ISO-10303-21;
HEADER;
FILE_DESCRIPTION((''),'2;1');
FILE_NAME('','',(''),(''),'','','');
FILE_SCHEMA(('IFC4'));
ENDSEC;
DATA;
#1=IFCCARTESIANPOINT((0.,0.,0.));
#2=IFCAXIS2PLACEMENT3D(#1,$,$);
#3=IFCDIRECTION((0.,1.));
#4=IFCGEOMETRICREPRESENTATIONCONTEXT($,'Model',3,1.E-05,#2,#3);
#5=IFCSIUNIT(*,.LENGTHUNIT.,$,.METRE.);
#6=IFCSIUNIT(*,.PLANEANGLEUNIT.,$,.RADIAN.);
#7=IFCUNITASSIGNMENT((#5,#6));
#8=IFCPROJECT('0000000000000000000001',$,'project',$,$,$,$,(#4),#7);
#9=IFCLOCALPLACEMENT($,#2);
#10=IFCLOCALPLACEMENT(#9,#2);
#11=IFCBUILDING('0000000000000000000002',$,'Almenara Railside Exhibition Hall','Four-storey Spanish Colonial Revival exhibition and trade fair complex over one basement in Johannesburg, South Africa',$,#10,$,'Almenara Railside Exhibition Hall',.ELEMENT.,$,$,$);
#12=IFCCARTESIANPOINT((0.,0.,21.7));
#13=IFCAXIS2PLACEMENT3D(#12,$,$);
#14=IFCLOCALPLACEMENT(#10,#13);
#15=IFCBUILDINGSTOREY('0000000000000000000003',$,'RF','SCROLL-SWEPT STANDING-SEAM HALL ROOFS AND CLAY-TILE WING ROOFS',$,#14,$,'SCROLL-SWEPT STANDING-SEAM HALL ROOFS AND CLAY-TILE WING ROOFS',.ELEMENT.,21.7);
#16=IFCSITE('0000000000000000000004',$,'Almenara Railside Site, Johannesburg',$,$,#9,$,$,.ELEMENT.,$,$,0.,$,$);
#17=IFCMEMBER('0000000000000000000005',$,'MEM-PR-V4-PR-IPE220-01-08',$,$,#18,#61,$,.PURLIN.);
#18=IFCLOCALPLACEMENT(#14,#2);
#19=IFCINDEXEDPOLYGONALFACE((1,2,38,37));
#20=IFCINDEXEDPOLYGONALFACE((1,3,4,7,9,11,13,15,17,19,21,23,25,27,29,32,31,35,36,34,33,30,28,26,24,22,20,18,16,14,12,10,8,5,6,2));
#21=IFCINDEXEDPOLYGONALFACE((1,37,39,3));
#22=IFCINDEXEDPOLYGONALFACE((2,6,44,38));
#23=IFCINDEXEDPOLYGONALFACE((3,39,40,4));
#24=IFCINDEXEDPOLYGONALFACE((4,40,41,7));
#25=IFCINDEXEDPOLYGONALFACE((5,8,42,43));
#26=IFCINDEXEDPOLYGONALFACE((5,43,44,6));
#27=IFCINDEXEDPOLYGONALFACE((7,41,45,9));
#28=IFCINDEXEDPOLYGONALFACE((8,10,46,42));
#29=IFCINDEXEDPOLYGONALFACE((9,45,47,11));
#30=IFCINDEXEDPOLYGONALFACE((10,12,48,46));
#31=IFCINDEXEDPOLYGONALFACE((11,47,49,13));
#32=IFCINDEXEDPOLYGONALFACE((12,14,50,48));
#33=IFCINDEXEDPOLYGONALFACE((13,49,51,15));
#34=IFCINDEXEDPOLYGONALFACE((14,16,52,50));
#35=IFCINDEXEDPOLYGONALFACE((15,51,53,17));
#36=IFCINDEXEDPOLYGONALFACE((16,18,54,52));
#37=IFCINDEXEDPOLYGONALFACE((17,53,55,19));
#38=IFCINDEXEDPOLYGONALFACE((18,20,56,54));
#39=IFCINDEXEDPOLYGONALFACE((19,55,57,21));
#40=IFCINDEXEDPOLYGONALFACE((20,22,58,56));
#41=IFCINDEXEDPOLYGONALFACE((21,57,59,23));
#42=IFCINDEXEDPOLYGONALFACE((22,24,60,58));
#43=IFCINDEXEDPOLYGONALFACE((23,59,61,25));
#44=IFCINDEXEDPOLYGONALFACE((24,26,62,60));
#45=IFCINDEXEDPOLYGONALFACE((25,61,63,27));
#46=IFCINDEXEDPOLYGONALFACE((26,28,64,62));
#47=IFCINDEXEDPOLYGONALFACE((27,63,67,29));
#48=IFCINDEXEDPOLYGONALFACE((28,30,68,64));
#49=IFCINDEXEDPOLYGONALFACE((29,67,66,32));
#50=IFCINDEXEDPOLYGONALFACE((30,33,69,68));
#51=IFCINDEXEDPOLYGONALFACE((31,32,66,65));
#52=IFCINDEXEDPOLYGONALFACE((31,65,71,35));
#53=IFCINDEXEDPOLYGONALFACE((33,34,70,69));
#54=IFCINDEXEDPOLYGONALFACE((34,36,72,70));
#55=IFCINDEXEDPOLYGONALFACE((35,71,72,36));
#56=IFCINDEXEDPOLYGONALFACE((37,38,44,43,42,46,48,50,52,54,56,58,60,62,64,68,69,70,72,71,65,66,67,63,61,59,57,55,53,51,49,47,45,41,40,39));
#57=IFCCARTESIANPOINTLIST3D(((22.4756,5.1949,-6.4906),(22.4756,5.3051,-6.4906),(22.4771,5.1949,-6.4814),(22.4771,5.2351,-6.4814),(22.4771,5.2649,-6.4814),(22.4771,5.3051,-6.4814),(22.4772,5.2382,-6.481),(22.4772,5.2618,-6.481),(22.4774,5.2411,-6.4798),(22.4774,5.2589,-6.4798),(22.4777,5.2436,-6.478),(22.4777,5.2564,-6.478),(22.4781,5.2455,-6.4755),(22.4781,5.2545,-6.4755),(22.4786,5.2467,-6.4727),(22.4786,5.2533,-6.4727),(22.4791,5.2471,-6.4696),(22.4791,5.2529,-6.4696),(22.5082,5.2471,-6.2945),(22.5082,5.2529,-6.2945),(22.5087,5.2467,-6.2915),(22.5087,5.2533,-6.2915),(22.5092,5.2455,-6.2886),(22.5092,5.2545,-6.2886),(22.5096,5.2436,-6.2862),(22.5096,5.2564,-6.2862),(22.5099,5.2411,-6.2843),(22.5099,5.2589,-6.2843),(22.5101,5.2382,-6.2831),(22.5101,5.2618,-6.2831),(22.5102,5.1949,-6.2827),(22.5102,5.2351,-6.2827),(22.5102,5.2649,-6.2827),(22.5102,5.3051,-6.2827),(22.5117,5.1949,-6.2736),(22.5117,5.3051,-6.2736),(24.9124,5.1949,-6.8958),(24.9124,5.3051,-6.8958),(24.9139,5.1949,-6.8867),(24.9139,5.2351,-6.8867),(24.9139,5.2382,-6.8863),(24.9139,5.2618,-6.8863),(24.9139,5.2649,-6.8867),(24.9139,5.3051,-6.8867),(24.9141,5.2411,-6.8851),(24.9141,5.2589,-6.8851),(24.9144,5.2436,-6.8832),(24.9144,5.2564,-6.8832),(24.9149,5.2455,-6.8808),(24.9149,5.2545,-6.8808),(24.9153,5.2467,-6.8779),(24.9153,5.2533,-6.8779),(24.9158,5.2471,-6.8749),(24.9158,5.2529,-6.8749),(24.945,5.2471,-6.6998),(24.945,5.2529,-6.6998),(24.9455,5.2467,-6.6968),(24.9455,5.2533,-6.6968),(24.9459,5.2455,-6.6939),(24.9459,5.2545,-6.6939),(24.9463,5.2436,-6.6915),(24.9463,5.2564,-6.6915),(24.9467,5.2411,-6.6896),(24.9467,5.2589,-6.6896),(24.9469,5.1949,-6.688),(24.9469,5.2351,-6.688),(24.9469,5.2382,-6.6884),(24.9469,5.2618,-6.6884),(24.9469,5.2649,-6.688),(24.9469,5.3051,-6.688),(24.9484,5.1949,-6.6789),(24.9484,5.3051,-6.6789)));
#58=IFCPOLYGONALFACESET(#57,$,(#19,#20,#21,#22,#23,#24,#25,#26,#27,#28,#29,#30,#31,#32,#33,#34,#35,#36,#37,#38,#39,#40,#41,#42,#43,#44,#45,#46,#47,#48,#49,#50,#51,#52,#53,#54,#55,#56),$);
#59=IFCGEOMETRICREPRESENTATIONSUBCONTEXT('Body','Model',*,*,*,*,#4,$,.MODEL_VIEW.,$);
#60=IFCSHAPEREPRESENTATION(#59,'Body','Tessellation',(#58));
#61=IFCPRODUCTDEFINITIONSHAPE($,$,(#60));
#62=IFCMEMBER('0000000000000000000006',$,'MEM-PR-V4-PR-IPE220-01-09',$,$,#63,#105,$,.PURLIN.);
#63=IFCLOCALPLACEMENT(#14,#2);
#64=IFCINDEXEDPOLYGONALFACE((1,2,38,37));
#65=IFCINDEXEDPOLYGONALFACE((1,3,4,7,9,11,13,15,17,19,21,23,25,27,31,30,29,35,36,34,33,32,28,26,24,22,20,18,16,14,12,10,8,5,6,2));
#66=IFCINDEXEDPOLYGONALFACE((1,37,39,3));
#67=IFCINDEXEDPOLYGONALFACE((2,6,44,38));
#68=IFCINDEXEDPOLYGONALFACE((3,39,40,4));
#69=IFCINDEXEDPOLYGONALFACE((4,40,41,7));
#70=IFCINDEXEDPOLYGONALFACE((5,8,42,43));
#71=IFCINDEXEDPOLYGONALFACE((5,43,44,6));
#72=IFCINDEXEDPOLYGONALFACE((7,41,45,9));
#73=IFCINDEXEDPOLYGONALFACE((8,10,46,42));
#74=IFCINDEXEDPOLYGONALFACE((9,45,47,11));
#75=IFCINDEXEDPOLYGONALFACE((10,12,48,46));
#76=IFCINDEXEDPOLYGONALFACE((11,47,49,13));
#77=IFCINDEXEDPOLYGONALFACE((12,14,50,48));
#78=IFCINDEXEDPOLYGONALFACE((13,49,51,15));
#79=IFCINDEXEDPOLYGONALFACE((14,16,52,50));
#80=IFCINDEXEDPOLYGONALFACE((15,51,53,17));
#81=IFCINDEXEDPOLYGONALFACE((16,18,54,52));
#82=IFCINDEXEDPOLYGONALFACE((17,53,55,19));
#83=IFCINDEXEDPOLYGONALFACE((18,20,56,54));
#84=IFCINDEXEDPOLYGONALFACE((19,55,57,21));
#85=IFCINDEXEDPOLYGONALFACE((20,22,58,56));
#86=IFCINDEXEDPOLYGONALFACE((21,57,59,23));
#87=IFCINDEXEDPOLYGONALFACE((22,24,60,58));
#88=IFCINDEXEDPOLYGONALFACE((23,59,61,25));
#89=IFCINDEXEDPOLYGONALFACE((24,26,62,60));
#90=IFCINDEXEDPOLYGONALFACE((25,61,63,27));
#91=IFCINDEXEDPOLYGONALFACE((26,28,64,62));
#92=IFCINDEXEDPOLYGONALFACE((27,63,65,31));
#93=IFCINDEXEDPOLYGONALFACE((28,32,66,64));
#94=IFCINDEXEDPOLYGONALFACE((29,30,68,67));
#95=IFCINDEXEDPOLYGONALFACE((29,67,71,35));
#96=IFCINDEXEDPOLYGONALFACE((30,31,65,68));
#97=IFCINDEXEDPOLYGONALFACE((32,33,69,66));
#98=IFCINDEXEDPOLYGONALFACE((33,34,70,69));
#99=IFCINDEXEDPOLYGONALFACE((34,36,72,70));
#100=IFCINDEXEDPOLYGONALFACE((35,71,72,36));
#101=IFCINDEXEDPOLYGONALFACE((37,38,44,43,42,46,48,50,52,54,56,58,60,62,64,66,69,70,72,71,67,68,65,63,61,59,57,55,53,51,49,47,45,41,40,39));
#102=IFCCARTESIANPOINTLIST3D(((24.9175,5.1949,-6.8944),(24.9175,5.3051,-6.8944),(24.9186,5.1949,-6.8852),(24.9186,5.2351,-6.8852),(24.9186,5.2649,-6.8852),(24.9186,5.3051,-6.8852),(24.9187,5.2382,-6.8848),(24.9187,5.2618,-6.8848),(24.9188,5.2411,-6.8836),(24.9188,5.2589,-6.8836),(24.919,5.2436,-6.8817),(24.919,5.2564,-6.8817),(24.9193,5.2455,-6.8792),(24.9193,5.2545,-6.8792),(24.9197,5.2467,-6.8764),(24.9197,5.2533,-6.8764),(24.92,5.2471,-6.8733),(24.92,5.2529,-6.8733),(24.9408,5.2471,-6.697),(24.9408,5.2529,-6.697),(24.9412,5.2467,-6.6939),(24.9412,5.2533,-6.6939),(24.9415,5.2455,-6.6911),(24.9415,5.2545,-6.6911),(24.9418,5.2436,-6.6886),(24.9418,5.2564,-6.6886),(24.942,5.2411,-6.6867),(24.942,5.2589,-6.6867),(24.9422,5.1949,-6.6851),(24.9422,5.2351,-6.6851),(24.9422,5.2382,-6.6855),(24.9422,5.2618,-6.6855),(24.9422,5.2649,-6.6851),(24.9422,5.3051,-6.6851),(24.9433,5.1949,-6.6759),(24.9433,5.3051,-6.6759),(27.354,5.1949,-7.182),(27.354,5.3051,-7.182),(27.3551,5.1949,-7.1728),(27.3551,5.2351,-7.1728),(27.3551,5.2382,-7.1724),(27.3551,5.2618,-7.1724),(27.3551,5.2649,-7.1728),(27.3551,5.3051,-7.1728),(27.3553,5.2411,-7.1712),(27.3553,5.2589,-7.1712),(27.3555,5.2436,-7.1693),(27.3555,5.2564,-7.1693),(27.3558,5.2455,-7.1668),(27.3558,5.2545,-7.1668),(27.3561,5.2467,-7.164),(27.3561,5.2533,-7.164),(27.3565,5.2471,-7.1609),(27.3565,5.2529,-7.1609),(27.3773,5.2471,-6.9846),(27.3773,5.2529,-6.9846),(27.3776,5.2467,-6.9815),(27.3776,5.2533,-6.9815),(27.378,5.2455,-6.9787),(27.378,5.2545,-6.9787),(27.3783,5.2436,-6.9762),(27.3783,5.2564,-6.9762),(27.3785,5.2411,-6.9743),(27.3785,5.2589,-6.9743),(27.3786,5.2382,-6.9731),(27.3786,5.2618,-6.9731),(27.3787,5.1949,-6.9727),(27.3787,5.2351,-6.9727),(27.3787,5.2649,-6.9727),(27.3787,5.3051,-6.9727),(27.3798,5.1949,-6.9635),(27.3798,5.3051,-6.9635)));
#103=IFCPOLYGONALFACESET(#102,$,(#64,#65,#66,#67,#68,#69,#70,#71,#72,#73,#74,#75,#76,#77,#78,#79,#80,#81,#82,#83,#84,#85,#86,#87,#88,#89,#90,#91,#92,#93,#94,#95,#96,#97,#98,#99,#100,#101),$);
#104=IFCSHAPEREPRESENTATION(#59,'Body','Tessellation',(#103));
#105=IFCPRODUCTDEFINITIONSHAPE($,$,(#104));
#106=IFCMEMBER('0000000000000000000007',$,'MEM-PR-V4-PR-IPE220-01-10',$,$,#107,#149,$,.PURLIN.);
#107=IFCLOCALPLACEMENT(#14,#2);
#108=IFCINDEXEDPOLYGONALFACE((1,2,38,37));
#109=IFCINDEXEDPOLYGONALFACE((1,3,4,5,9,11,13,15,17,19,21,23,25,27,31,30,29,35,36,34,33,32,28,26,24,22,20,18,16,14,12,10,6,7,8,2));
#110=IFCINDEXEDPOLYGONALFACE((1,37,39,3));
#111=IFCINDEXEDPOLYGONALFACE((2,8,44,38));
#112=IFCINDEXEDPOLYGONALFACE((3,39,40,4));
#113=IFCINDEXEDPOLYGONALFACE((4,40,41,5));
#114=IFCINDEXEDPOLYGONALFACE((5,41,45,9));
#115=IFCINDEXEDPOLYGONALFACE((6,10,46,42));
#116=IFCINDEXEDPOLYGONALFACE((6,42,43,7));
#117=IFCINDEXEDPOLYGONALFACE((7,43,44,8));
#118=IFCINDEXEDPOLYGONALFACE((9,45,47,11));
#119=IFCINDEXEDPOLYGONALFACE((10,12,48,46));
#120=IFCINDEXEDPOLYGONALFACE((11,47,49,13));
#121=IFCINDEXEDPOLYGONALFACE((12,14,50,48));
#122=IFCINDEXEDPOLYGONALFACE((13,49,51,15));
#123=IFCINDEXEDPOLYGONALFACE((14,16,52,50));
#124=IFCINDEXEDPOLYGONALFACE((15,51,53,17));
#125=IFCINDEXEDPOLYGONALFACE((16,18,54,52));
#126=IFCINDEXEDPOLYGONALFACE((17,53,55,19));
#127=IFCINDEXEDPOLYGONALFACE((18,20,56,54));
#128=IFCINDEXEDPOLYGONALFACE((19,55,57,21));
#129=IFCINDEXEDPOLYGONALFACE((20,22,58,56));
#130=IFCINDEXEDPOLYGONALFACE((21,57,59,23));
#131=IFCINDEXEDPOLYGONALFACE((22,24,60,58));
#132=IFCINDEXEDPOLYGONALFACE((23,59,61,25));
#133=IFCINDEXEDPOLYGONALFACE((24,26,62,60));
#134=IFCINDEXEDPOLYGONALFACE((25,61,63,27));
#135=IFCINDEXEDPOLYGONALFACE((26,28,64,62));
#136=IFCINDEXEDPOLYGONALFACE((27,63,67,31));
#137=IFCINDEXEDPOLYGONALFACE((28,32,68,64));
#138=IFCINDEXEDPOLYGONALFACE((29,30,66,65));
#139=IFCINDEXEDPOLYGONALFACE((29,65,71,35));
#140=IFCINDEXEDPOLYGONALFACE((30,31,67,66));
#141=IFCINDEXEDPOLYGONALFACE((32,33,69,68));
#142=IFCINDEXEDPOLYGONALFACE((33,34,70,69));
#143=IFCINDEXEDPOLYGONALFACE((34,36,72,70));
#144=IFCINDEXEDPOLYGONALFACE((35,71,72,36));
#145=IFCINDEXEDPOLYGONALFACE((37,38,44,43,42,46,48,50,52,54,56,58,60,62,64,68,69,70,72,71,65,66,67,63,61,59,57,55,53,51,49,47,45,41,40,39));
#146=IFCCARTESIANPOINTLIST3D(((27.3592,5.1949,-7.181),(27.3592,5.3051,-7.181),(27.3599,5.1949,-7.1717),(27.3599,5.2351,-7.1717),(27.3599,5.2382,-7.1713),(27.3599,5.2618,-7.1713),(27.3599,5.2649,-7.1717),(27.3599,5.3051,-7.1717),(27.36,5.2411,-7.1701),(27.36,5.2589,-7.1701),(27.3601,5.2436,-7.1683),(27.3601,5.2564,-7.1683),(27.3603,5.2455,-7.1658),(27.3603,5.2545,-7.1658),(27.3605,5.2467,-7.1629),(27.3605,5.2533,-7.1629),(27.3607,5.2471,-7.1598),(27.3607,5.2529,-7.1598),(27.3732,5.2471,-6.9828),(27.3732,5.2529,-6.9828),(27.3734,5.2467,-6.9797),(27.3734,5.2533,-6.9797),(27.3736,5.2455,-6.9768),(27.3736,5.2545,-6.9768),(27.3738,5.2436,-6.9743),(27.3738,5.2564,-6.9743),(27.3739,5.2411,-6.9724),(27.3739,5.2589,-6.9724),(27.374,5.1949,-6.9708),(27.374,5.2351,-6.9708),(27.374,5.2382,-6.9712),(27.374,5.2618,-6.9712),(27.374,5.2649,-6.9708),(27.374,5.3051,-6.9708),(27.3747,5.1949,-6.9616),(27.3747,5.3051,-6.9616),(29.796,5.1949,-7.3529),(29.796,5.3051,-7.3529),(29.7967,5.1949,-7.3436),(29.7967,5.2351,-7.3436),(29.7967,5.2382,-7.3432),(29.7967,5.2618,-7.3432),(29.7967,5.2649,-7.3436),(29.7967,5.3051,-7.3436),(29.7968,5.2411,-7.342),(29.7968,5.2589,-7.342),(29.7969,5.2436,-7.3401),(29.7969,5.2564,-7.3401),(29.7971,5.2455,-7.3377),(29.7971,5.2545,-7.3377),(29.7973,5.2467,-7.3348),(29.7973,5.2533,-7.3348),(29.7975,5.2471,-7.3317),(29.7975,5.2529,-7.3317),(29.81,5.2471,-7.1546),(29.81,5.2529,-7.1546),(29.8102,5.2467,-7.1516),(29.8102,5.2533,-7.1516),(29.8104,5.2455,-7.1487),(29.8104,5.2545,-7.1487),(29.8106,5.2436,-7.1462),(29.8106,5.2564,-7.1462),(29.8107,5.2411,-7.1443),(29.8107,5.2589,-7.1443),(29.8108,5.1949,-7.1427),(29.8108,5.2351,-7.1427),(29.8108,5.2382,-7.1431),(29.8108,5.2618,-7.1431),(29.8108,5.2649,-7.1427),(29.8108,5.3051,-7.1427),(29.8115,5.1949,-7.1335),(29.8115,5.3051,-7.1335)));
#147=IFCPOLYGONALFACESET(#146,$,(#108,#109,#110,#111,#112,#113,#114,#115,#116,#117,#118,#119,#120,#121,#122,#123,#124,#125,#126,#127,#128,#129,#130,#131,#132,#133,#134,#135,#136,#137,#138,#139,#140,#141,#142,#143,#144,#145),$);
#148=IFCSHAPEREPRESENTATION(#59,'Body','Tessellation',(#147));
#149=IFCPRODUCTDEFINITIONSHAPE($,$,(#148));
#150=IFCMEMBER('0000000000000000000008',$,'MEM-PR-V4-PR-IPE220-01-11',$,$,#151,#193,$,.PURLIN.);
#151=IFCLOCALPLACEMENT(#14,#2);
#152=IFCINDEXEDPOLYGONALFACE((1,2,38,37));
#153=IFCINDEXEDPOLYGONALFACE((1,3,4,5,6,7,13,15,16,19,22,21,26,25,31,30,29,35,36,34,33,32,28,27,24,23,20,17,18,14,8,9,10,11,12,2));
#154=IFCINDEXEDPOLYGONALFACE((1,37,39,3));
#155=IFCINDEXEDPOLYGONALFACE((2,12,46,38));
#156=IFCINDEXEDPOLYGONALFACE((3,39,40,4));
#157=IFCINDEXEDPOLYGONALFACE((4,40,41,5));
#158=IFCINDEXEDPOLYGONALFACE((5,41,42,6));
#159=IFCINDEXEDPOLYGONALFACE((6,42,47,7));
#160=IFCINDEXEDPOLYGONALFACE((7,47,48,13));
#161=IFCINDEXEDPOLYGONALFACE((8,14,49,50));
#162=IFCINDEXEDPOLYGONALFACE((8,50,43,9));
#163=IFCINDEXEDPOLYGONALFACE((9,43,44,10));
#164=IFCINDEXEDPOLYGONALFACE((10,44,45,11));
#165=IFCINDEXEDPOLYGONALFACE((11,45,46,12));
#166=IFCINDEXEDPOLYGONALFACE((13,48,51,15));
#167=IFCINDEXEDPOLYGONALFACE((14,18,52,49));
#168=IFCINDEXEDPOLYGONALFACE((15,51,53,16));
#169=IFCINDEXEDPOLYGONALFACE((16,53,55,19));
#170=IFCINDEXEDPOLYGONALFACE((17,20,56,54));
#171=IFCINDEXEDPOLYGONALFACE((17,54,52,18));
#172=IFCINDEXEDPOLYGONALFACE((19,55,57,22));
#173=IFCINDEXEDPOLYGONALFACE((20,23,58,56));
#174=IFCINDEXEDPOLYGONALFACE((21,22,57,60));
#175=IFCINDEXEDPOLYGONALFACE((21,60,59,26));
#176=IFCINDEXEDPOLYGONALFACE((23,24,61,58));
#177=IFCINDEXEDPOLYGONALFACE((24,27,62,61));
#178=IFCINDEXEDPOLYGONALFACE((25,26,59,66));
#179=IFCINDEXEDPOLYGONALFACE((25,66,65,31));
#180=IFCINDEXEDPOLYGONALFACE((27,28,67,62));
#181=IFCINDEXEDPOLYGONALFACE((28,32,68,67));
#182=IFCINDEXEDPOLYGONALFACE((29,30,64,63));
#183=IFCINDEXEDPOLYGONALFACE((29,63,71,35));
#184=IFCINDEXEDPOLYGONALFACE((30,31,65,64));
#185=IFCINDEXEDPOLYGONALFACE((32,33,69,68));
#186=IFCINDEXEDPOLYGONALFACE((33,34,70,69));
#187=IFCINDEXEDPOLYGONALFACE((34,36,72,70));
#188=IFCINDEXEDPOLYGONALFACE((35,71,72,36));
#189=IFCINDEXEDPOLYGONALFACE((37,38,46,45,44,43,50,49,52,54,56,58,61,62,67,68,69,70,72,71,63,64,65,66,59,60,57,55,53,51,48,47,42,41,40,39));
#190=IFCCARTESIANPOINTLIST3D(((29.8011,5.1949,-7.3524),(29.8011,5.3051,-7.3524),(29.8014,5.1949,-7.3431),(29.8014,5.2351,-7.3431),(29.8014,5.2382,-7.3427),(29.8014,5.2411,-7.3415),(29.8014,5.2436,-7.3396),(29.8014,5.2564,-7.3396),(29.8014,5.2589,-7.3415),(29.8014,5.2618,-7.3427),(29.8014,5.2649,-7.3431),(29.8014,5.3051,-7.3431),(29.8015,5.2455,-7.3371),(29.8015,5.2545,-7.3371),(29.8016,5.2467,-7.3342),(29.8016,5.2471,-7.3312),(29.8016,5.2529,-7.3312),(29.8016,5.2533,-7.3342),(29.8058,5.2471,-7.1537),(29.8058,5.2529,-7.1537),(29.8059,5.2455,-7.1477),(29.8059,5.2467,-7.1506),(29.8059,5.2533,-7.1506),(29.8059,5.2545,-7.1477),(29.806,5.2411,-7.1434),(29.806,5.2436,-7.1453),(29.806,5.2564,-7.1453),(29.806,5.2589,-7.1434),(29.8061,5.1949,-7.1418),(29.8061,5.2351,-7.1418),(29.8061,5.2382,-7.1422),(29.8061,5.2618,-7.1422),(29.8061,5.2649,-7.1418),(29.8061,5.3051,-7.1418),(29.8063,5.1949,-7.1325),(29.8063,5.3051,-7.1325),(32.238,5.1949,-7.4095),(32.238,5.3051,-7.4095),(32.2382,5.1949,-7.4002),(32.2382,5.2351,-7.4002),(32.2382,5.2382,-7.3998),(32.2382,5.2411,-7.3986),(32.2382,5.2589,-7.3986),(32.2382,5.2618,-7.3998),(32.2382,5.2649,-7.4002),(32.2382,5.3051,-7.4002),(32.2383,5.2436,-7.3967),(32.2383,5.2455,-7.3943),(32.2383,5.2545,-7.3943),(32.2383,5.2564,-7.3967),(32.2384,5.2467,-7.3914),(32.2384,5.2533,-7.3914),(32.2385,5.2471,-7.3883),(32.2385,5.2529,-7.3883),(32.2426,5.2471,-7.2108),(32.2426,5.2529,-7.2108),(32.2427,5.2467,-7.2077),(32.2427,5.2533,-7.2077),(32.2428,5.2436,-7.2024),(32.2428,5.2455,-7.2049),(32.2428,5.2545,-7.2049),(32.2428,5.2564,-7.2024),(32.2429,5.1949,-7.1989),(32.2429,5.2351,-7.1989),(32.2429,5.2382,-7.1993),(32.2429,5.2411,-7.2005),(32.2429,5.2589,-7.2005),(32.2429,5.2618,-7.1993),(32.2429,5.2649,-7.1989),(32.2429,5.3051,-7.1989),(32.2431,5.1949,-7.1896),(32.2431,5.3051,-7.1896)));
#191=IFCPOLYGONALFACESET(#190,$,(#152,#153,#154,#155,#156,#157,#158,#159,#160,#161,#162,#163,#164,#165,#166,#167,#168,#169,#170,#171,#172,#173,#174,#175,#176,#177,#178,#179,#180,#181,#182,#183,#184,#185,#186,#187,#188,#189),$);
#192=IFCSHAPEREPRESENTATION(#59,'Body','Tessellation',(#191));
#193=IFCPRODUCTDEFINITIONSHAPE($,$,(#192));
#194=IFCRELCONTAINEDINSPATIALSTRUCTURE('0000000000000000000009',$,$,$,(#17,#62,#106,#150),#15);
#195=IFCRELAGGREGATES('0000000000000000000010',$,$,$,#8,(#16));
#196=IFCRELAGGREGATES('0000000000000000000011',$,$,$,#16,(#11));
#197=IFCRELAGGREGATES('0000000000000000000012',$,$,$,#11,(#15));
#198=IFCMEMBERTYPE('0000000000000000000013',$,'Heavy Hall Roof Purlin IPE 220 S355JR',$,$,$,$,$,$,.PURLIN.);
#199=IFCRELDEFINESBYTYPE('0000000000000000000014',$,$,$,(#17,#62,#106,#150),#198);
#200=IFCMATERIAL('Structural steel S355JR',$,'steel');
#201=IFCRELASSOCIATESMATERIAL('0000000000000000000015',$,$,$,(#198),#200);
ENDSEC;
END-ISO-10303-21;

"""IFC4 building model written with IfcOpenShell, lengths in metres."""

from ifc_helpers import new_model, si_unit, direction, frame, origin, origin_2d, place, context, subcontext, project, spatial, i_section, extrude, material, material_profile, profile_set, type_object, element, save


model = new_model("IFC4")

# Units and contexts
model_context = context("Model", 3, precision=1e-05, world=origin(), true_north=direction((0.0, 1.0)))
body_context = subcontext(model_context, "Body", "Model", "MODEL_VIEW")
ifc_project = project(units=[si_unit("LENGTHUNIT", "METRE"), si_unit("PLANEANGLEUNIT", "RADIAN")], contexts=[model_context])

# Site, building, storey
site_placement = place(None, origin())
site = spatial("IfcSite", under=ifc_project, at=site_placement, Name="Almenara Railside Site, Johannesburg", CompositionType="ELEMENT", RefElevation=0.0)
building_placement = place(site_placement, origin())
building = spatial("IfcBuilding", under=site, at=building_placement, Name="Almenara Railside Exhibition Hall", Description="Four-storey Spanish Colonial Revival exhibition and trade fair complex over one basement in Johannesburg, South Africa", LongName="Almenara Railside Exhibition Hall", CompositionType="ELEMENT")
storey_placement = place(building_placement, frame((0.0, 0.0, 21.7)))
storey = spatial("IfcBuildingStorey", under=building, at=storey_placement, Name="RF", Description="SCROLL-SWEPT STANDING-SEAM HALL ROOFS AND CLAY-TILE WING ROOFS", LongName="SCROLL-SWEPT STANDING-SEAM HALL ROOFS AND CLAY-TILE WING ROOFS", CompositionType="ELEMENT", Elevation=21.7)

# Members
ifc_material_1 = material(Name="Structural steel S355JR", Category="steel")
ifc_material_profile_1 = material_profile(ifc_material_1, i_section(OverallWidth=0.1101, OverallDepth=0.22, WebThickness=0.0059, FlangeThickness=0.0093, FilletRadius=0.012, at=origin_2d()), Name="IPE 220")
ifc_profile_set_1 = profile_set([ifc_material_profile_1], Name="Structural steel S355JR")
member_type_1 = type_object("IfcMemberType", Name="Heavy Hall Roof Purlin IPE 220 S355JR", PredefinedType="PURLIN", material=ifc_profile_set_1)
member_1_placement = place(storey_placement, frame((22.4937, 5.25, -6.3821), z_axis=(0.98645, 0.0, -0.164062), x_axis=(0.0, 1.0, 0.0)))
element("IfcMember", 1, at=member_1_placement, inside=storey, type_object=member_type_1, Name="MEM-PR-V4-PR-IPE220-01-08", PredefinedType="PURLIN", context=body_context, shape_type="SweptSolid", body=[
    extrude(i_section(OverallWidth=0.1101, OverallDepth=0.22, WebThickness=0.0059, FlangeThickness=0.0093, FilletRadius=0.012, at=origin_2d()), origin(), (0.0, 0.0, 1.0), 2.4702),
])
member_2_placement = place(storey_placement, frame((24.9304, 5.25, -6.7852), z_axis=(0.993106, 0.0, -0.117222), x_axis=(0.0, 1.0, 0.0)))
element("IfcMember", 2, at=member_2_placement, inside=storey, type_object=member_type_1, Name="MEM-PR-V4-PR-IPE220-01-09", PredefinedType="PURLIN", context=body_context, shape_type="SweptSolid", body=[
    extrude(i_section(OverallWidth=0.1101, OverallDepth=0.22, WebThickness=0.0059, FlangeThickness=0.0093, FilletRadius=0.012, at=origin_2d()), origin(), (0.0, 0.0, 1.0), 2.4534),
])
member_3_placement = place(storey_placement, frame((27.3669, 5.25, -7.0713), z_axis=(0.997522, 0.0, -0.070359), x_axis=(0.0, 1.0, 0.0)))
element("IfcMember", 3, at=member_3_placement, inside=storey, type_object=member_type_1, Name="MEM-PR-V4-PR-IPE220-01-10", PredefinedType="PURLIN", context=body_context, shape_type="SweptSolid", body=[
    extrude(i_section(OverallWidth=0.1101, OverallDepth=0.22, WebThickness=0.0059, FlangeThickness=0.0093, FilletRadius=0.012, at=origin_2d()), origin(), (0.0, 0.0, 1.0), 2.4429),
])
member_4_placement = place(storey_placement, frame((29.8037, 5.25, -7.2424), z_axis=(0.999725, 0.0, -0.023438), x_axis=(0.0, 1.0, 0.0)))
element("IfcMember", 4, at=member_4_placement, inside=storey, type_object=member_type_1, Name="MEM-PR-V4-PR-IPE220-01-11", PredefinedType="PURLIN", context=body_context, shape_type="SweptSolid", body=[
    extrude(i_section(OverallWidth=0.1101, OverallDepth=0.22, WebThickness=0.0059, FlangeThickness=0.0093, FilletRadius=0.012, at=origin_2d()), origin(), (0.0, 0.0, 1.0), 2.4375),
])

save(model, "model.ifc")
